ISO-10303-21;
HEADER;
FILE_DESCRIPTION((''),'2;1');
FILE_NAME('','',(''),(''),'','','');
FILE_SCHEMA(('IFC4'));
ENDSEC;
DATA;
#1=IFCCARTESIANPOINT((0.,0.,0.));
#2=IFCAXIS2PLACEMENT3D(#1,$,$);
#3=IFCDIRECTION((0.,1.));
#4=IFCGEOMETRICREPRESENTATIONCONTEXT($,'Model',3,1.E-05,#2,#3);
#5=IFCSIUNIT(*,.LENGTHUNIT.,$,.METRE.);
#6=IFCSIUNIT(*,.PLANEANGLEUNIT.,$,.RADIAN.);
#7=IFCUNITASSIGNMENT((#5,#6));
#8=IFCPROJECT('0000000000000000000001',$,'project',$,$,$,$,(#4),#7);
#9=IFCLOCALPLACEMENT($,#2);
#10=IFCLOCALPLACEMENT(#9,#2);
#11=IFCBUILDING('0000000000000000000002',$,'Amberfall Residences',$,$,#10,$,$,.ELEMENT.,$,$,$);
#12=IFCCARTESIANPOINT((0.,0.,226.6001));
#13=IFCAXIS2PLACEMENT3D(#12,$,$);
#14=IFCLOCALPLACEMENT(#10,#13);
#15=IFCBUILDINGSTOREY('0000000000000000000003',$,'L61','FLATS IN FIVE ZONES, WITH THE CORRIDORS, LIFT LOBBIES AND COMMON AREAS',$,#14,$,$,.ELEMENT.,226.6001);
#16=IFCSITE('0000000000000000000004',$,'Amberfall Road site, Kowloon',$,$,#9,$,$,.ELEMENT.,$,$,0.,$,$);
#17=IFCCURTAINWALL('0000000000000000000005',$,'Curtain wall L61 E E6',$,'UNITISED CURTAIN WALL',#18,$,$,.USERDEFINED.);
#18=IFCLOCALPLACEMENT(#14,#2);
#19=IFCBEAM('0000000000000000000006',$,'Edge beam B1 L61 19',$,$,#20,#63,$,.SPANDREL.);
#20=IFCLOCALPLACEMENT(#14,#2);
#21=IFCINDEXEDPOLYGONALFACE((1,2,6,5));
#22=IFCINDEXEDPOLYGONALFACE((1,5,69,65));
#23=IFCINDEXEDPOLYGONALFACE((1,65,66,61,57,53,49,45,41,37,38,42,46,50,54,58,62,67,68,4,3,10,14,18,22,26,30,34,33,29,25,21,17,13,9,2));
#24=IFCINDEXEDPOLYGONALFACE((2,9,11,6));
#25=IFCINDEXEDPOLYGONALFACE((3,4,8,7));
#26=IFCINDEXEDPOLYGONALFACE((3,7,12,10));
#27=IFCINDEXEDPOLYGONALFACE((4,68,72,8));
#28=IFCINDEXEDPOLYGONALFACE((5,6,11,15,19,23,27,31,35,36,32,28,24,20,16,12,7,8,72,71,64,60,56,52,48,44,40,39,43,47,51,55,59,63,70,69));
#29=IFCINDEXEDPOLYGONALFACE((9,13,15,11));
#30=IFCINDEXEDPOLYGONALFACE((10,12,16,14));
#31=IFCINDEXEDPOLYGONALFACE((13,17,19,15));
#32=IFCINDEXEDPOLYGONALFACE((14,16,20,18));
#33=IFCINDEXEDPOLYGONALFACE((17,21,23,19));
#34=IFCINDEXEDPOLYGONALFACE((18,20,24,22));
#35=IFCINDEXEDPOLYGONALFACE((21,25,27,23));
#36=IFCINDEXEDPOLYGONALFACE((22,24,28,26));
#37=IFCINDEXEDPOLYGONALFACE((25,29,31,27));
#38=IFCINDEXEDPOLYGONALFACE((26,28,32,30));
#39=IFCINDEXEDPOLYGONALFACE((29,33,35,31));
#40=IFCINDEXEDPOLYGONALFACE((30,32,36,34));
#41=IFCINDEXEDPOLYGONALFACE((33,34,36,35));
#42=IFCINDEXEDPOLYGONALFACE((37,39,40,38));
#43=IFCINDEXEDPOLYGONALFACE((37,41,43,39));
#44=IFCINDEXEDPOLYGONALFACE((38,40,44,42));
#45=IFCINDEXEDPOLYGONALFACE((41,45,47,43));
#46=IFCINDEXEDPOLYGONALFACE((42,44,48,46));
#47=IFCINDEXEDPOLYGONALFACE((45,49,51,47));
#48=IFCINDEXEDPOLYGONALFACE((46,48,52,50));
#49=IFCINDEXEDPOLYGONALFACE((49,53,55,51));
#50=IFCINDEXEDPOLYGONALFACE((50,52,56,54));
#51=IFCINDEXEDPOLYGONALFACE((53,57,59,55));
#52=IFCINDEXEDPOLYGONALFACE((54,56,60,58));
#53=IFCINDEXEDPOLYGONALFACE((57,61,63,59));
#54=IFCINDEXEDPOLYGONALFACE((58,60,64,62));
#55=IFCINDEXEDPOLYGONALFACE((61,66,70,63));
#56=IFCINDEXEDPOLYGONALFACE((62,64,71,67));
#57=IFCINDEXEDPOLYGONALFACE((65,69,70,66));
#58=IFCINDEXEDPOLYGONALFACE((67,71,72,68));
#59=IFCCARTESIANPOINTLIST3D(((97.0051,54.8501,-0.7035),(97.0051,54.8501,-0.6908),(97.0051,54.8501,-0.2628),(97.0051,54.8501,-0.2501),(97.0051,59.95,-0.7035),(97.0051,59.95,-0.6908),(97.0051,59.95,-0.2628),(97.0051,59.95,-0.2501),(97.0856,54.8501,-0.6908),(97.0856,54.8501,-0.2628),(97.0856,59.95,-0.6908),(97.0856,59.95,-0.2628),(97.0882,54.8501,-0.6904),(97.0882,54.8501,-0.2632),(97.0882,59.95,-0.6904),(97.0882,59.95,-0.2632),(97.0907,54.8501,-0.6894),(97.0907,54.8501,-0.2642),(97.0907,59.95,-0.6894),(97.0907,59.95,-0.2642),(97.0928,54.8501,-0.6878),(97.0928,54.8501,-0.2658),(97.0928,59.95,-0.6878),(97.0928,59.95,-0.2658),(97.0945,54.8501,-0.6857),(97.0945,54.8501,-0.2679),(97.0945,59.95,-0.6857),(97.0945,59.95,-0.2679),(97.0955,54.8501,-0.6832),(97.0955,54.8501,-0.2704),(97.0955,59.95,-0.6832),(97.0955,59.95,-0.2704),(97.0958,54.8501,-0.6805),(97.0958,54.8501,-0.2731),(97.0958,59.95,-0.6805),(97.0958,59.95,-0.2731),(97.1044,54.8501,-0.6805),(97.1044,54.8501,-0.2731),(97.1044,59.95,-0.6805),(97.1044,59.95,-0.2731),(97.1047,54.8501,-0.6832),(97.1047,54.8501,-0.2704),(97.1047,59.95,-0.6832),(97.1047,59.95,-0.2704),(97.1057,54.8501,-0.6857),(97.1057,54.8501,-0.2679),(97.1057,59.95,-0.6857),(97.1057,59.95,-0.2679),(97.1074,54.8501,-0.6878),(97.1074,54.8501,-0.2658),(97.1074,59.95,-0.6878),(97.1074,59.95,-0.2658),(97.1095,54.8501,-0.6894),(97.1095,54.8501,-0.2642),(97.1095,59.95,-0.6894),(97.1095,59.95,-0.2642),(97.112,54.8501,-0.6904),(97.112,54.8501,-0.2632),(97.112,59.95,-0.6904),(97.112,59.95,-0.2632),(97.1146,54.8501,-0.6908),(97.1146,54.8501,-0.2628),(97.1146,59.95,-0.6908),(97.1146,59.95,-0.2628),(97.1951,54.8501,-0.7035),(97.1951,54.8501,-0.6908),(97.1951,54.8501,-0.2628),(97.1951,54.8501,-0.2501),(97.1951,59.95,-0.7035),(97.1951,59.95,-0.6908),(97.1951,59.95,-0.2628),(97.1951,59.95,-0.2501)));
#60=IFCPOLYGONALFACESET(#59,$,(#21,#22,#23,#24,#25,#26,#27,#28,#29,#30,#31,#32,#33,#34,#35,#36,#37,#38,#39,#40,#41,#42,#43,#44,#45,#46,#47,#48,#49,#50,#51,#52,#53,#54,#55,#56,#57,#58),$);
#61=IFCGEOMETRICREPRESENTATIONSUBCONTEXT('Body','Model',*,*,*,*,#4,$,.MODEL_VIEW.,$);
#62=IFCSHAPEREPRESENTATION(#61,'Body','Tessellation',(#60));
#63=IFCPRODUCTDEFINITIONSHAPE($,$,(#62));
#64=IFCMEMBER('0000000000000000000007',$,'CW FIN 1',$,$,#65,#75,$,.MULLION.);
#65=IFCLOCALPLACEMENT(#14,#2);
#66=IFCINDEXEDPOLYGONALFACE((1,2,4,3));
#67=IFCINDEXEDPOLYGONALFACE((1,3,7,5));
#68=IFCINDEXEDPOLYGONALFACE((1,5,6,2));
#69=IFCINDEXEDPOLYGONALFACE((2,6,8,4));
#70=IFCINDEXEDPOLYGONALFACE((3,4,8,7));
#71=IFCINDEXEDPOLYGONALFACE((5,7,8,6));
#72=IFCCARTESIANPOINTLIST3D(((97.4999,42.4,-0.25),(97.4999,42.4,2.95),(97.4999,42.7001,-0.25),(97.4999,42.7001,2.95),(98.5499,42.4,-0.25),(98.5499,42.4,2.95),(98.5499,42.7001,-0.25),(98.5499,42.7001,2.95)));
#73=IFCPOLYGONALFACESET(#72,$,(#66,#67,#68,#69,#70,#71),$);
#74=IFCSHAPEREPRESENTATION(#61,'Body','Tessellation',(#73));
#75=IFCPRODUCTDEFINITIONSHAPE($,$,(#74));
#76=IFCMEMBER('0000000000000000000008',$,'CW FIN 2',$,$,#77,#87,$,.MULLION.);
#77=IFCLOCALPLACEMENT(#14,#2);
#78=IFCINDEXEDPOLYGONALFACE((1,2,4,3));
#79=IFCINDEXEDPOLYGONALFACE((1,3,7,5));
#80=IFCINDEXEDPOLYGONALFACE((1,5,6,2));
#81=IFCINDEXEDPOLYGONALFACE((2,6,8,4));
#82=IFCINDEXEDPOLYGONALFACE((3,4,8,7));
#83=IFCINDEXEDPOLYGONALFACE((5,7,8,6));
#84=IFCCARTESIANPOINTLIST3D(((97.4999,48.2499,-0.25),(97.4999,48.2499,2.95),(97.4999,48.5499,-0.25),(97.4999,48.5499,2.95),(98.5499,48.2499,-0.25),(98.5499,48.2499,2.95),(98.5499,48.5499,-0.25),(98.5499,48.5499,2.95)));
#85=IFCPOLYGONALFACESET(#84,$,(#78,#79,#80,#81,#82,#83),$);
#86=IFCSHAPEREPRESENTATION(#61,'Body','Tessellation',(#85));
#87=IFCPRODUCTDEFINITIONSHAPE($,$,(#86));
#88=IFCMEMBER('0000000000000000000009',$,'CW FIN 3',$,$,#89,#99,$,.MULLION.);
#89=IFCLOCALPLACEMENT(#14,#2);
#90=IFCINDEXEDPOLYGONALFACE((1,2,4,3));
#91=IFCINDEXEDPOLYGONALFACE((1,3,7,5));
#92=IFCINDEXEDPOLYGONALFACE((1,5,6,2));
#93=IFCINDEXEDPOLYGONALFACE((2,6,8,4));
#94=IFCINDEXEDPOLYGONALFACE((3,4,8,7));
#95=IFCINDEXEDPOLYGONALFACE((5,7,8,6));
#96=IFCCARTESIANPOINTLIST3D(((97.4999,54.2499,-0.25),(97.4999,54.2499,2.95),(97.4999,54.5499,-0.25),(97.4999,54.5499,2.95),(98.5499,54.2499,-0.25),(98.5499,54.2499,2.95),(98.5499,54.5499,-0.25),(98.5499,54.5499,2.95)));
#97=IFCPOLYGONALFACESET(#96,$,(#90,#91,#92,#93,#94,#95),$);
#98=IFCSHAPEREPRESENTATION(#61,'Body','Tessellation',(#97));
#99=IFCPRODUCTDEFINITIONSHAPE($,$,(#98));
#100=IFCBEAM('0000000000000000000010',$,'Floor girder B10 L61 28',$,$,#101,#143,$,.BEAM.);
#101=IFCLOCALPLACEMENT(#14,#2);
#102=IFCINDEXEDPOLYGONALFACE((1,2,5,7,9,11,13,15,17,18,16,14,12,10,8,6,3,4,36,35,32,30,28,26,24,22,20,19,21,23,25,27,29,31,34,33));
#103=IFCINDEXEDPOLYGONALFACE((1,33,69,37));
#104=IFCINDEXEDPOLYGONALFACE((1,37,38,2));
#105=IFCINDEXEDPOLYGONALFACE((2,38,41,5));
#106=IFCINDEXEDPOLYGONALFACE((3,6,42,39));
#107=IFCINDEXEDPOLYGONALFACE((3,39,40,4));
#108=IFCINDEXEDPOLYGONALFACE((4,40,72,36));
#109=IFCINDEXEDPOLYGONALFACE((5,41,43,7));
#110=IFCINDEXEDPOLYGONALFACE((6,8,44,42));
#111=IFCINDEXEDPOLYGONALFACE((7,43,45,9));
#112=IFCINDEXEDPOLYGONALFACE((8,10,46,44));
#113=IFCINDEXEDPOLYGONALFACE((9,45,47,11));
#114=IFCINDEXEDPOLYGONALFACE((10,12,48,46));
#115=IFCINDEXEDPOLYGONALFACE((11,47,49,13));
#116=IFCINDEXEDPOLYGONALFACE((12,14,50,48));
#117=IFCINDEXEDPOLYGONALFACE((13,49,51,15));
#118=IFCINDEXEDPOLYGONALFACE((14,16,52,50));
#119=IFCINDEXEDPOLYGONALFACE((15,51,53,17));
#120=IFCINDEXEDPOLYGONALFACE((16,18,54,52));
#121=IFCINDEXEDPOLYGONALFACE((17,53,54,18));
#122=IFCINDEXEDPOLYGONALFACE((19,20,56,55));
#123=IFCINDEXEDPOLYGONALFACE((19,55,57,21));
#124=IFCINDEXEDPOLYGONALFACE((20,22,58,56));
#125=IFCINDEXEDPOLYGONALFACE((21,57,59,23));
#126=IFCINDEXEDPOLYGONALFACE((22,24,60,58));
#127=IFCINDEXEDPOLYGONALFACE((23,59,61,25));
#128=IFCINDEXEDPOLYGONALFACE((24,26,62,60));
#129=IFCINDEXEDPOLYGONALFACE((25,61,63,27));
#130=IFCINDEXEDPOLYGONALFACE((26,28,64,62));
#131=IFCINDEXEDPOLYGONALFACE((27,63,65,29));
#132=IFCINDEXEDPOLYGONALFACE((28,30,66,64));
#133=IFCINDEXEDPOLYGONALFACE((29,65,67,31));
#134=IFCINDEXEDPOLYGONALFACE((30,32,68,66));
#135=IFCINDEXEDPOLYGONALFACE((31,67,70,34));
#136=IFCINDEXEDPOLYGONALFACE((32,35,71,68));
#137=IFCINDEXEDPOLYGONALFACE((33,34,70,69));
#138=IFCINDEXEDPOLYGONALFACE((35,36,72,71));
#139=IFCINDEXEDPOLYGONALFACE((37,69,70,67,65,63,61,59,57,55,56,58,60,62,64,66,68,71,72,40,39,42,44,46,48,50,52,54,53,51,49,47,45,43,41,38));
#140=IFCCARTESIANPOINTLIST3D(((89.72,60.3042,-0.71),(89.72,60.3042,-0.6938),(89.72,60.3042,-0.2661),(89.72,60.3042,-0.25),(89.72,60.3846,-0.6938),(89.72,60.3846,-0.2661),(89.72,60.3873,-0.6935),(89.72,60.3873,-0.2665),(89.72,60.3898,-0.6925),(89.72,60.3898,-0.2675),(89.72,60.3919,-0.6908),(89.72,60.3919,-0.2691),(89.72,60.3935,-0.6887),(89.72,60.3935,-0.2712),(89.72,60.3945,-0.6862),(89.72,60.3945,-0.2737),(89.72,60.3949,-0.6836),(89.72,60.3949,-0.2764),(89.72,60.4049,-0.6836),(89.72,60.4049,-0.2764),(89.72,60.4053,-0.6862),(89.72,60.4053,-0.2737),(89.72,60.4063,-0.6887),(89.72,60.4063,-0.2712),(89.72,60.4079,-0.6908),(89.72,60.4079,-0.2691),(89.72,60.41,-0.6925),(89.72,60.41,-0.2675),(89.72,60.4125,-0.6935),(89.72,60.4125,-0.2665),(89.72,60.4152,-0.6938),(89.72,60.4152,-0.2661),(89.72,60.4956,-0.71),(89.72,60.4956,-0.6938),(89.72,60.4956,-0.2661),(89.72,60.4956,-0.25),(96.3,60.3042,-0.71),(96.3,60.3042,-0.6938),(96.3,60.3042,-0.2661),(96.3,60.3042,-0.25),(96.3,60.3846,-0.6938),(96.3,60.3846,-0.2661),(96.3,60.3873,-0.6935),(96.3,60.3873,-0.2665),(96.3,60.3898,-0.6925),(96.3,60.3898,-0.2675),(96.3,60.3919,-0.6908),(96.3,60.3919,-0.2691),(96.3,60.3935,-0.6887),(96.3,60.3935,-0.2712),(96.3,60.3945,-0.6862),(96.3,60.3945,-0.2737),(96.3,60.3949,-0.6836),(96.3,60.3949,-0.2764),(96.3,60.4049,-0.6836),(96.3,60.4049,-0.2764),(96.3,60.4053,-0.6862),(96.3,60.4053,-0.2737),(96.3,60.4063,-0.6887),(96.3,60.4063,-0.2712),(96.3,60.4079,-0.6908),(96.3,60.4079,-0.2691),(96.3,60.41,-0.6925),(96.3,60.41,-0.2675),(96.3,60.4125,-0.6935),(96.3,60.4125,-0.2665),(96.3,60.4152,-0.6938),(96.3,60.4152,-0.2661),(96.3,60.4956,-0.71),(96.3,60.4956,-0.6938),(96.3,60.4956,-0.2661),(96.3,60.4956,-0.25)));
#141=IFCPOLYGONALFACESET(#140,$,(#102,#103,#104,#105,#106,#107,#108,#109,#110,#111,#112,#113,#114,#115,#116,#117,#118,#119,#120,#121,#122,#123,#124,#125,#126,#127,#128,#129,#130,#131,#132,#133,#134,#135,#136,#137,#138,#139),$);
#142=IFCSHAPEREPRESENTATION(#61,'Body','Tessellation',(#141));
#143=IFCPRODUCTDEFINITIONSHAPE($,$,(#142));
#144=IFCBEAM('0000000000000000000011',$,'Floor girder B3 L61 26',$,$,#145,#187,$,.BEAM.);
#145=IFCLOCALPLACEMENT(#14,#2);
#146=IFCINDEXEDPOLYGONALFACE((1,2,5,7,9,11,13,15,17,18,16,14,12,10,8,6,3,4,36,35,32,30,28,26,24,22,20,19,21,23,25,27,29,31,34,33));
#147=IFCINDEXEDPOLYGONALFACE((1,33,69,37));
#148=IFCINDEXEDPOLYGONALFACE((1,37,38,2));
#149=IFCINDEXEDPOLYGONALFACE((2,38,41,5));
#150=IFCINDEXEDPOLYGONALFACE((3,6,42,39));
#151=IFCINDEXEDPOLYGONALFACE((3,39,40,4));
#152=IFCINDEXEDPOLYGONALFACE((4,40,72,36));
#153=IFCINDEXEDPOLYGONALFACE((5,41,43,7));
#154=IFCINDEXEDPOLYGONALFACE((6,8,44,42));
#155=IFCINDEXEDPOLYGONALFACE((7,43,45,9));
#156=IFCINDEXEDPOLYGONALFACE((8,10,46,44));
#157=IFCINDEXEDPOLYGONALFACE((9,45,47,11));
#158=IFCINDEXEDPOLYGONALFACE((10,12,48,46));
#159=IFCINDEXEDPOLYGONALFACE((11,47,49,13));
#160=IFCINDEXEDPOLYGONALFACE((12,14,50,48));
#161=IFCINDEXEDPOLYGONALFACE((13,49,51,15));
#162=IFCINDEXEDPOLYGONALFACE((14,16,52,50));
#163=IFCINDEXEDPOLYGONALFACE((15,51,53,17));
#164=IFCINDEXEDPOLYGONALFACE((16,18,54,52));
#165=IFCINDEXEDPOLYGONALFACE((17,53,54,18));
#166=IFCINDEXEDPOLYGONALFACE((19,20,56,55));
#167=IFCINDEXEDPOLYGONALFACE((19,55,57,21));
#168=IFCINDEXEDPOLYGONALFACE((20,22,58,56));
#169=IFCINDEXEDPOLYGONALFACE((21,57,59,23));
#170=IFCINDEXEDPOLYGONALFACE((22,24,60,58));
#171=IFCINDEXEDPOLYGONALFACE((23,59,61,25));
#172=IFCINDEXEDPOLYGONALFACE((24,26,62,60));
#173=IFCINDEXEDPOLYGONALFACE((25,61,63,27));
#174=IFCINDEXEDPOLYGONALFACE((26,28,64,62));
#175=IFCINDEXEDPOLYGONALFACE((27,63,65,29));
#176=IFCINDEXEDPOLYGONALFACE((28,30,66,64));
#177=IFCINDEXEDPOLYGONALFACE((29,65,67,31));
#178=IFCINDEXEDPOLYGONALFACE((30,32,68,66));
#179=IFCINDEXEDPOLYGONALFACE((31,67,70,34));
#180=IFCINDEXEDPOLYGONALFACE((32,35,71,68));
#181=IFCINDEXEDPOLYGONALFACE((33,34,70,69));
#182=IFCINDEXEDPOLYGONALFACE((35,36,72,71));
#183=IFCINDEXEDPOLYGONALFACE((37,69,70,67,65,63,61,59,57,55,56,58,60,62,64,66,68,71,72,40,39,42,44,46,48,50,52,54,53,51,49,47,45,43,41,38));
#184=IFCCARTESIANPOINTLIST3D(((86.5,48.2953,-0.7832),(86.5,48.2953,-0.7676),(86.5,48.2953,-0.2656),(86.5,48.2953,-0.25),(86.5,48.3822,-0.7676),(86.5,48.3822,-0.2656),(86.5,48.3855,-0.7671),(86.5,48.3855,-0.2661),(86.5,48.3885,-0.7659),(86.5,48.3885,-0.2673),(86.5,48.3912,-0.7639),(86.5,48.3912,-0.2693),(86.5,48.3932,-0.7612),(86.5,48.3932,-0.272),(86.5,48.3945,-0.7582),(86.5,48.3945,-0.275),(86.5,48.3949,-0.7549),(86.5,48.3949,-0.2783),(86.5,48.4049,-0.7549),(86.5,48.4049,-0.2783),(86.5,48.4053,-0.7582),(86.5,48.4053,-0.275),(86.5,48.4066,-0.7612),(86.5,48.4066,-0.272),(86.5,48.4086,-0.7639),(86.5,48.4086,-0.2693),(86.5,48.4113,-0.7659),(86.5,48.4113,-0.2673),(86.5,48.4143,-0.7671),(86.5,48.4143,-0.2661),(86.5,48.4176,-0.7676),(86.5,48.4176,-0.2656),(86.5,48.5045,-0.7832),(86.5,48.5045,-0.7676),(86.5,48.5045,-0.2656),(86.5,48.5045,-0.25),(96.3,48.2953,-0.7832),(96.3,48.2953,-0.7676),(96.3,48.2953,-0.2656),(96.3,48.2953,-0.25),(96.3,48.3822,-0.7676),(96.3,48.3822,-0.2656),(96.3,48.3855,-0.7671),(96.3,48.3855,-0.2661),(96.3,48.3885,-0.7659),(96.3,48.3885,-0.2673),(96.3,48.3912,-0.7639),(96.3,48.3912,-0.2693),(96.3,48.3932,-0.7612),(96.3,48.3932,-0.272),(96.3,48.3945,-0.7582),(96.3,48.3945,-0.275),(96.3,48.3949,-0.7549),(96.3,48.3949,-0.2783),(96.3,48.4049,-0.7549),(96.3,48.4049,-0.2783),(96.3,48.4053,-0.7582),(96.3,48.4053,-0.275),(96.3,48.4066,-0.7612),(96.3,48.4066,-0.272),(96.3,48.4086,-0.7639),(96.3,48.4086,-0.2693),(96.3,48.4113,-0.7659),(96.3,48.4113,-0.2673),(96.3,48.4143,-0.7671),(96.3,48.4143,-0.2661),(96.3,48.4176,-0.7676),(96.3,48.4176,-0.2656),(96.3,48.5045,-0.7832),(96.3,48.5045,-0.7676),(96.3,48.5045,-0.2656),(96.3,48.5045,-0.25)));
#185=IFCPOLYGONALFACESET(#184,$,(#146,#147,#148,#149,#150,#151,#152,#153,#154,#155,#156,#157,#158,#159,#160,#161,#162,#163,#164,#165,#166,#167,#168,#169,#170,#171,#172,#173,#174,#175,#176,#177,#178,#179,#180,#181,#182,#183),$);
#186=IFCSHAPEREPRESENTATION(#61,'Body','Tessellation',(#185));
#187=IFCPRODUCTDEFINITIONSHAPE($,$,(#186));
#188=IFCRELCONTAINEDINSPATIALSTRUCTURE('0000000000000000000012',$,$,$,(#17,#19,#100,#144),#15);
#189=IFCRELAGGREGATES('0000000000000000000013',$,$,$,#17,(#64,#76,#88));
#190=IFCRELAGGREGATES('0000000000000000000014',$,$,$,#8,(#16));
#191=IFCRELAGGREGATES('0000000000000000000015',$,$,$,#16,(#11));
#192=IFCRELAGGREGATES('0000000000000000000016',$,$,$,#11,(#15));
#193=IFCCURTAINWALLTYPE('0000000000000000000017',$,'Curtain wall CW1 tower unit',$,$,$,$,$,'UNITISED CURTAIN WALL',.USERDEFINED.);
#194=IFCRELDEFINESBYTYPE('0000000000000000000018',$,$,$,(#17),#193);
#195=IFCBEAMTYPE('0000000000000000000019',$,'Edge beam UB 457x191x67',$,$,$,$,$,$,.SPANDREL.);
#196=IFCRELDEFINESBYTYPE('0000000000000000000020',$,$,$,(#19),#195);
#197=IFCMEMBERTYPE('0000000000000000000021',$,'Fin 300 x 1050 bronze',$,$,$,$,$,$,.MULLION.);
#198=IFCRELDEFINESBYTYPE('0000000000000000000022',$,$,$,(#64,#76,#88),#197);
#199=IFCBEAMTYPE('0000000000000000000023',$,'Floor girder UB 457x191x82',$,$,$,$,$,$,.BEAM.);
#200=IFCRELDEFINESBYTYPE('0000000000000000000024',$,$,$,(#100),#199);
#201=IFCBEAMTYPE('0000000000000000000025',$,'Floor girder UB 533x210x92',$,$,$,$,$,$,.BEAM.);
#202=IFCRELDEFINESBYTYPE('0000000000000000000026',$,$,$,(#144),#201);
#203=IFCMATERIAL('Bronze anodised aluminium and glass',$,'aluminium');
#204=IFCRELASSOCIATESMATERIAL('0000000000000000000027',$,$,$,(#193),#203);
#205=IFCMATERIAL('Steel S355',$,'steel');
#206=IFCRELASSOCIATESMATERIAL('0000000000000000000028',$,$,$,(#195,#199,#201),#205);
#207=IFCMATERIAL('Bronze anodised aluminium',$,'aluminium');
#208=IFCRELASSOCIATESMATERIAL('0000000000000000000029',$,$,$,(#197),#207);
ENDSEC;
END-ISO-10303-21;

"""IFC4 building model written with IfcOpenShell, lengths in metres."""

from ifc_helpers import new_model, si_unit, direction, frame, origin, origin_2d, place, context, subcontext, project, spatial, rectangle, i_section, extrude, material, material_profile, profile_set, type_object, element, aggregate, save


model = new_model("IFC4")

# Units and contexts
model_context = context("Model", 3, precision=1e-05, world=origin(), true_north=direction((0.0, 1.0)))
body_context = subcontext(model_context, "Body", "Model", "MODEL_VIEW")
ifc_project = project(units=[si_unit("LENGTHUNIT", "METRE"), si_unit("PLANEANGLEUNIT", "RADIAN")], contexts=[model_context])

# Site, building, storey
site_placement = place(None, origin())
site = spatial("IfcSite", under=ifc_project, at=site_placement, Name="Amberfall Road site, Kowloon", CompositionType="ELEMENT", RefElevation=0.0)
building_placement = place(site_placement, origin())
building = spatial("IfcBuilding", under=site, at=building_placement, Name="Amberfall Residences", CompositionType="ELEMENT")
storey_placement = place(building_placement, frame((0.0, 0.0, 226.6001)))
storey = spatial("IfcBuildingStorey", under=building, at=storey_placement, Name="L61", Description="FLATS IN FIVE ZONES, WITH THE CORRIDORS, LIFT LOBBIES AND COMMON AREAS", CompositionType="ELEMENT", Elevation=226.6001)

# Curtain wall
ifc_material_1 = material(Name="Bronze anodised aluminium and glass", Category="aluminium")
curtain_wall_type = type_object("IfcCurtainWallType", Name="Curtain wall CW1 tower unit", ElementType="UNITISED CURTAIN WALL", PredefinedType="USERDEFINED", material=ifc_material_1)
curtain_wall_placement = place(storey_placement, origin())
curtain_wall = element("IfcCurtainWall", 1, at=curtain_wall_placement, inside=storey, type_object=curtain_wall_type, Name="Curtain wall L61 E E6", ObjectType="UNITISED CURTAIN WALL", PredefinedType="USERDEFINED")
ifc_material_2 = material(Name="Bronze anodised aluminium", Category="aluminium")

# Beam
ifc_material_3 = material(Name="Steel S355", Category="steel")
ifc_material_profile_1 = material_profile(ifc_material_3, i_section(OverallWidth=0.1899, OverallDepth=0.4534, WebThickness=0.0085, FlangeThickness=0.0127, FilletRadius=0.0103, at=origin_2d()), Name="UB 457x191x67")
ifc_profile_set_1 = profile_set([ifc_material_profile_1], Name="Steel S355")
beam_type_1 = type_object("IfcBeamType", Name="Edge beam UB 457x191x67", PredefinedType="SPANDREL", material=ifc_profile_set_1)
for number, where, z_axis, x_axis, name in (
    (2, (97.1001, 54.8501, -0.4768), (0.0, 1.0, 0.0), (-1.0, 0.0, 0.0), "Edge beam B1 L61 19"),
):
    element("IfcBeam", number, at=place(storey_placement, frame(where, z_axis=z_axis, x_axis=x_axis)), inside=storey, type_object=beam_type_1, Name=name, PredefinedType="SPANDREL", context=body_context, shape_type="SweptSolid", body=[
        extrude(i_section(OverallWidth=0.1899, OverallDepth=0.4534, WebThickness=0.0085, FlangeThickness=0.0127, FilletRadius=0.0103, at=origin_2d()), origin(), (0.0, 0.0, 1.0), 5.0999),
    ])

# Members
ifc_material_profile_2 = material_profile(ifc_material_2, rectangle(XDim=1.05, YDim=0.3, at=origin_2d()), Name="Fin 300 x 1050 bronze")
ifc_profile_set_2 = profile_set([ifc_material_profile_2], Name="Bronze anodised aluminium")
member_type_1 = type_object("IfcMemberType", Name="Fin 300 x 1050 bronze", PredefinedType="MULLION", material=ifc_profile_set_2)
member_1_placement = place(storey_placement, frame((98.0249, 42.55, -0.25), z_axis=(0.0, 0.0, 1.0), x_axis=(-1.0, 0.0, 0.0)))
member_1 = element("IfcMember", 3, at=member_1_placement, type_object=member_type_1, Name="CW FIN 1", PredefinedType="MULLION", context=body_context, shape_type="SweptSolid", body=[
    extrude(rectangle(XDim=1.05, YDim=0.3, at=origin_2d()), origin(), (0.0, 0.0, 1.0), 3.2),
])
member_2_placement = place(storey_placement, frame((98.0249, 48.3999, -0.25), z_axis=(0.0, 0.0, 1.0), x_axis=(-1.0, 0.0, 0.0)))
member_2 = element("IfcMember", 4, at=member_2_placement, type_object=member_type_1, Name="CW FIN 2", PredefinedType="MULLION", context=body_context, shape_type="SweptSolid", body=[
    extrude(rectangle(XDim=1.05, YDim=0.3, at=origin_2d()), origin(), (0.0, 0.0, 1.0), 3.2),
])
member_3_placement = place(storey_placement, frame((98.0249, 54.3999, -0.25), z_axis=(0.0, 0.0, 1.0), x_axis=(-1.0, 0.0, 0.0)))
member_3 = element("IfcMember", 5, at=member_3_placement, type_object=member_type_1, Name="CW FIN 3", PredefinedType="MULLION", context=body_context, shape_type="SweptSolid", body=[
    extrude(rectangle(XDim=1.05, YDim=0.3, at=origin_2d()), origin(), (0.0, 0.0, 1.0), 3.2),
])

# Beams
ifc_material_profile_3 = material_profile(ifc_material_3, i_section(OverallWidth=0.1914, OverallDepth=0.46, WebThickness=0.01, FlangeThickness=0.0161, FilletRadius=0.0103, at=origin_2d()), Name="UB 457x191x82")
ifc_profile_set_3 = profile_set([ifc_material_profile_3], Name="Steel S355")
beam_type_2 = type_object("IfcBeamType", Name="Floor girder UB 457x191x82", PredefinedType="BEAM", material=ifc_profile_set_3)
beam_1_placement = place(storey_placement, frame((96.3, 60.3999, -0.48), z_axis=(-1.0, 0.0, 0.0), x_axis=(0.0, -1.0, 0.0)))
element("IfcBeam", 6, at=beam_1_placement, inside=storey, type_object=beam_type_2, Name="Floor girder B10 L61 28", PredefinedType="BEAM", context=body_context, shape_type="SweptSolid", body=[
    extrude(i_section(OverallWidth=0.1914, OverallDepth=0.46, WebThickness=0.01, FlangeThickness=0.0161, FilletRadius=0.0103, at=origin_2d()), origin(), (0.0, 0.0, 1.0), 6.5801),
])
ifc_material_profile_4 = material_profile(ifc_material_3, i_section(OverallWidth=0.2092, OverallDepth=0.5332, WebThickness=0.01, FlangeThickness=0.0156, FilletRadius=0.0127, at=origin_2d()), Name="UB 533x210x92")
ifc_profile_set_4 = profile_set([ifc_material_profile_4], Name="Steel S355")
beam_type_3 = type_object("IfcBeamType", Name="Floor girder UB 533x210x92", PredefinedType="BEAM", material=ifc_profile_set_4)
for number, where, z_axis, x_axis, name in (
    (7, (96.3, 48.3999, -0.5166), (-1.0, 0.0, 0.0), (0.0, -1.0, 0.0), "Floor girder B3 L61 26"),
):
    element("IfcBeam", number, at=place(storey_placement, frame(where, z_axis=z_axis, x_axis=x_axis)), inside=storey, type_object=beam_type_3, Name=name, PredefinedType="BEAM", context=body_context, shape_type="SweptSolid", body=[
        extrude(i_section(OverallWidth=0.2092, OverallDepth=0.5332, WebThickness=0.01, FlangeThickness=0.0156, FilletRadius=0.0127, at=origin_2d()), origin(), (0.0, 0.0, 1.0), 9.8),
    ])

aggregate(curtain_wall, [member_1, member_2, member_3])

save(model, "model.ifc")
